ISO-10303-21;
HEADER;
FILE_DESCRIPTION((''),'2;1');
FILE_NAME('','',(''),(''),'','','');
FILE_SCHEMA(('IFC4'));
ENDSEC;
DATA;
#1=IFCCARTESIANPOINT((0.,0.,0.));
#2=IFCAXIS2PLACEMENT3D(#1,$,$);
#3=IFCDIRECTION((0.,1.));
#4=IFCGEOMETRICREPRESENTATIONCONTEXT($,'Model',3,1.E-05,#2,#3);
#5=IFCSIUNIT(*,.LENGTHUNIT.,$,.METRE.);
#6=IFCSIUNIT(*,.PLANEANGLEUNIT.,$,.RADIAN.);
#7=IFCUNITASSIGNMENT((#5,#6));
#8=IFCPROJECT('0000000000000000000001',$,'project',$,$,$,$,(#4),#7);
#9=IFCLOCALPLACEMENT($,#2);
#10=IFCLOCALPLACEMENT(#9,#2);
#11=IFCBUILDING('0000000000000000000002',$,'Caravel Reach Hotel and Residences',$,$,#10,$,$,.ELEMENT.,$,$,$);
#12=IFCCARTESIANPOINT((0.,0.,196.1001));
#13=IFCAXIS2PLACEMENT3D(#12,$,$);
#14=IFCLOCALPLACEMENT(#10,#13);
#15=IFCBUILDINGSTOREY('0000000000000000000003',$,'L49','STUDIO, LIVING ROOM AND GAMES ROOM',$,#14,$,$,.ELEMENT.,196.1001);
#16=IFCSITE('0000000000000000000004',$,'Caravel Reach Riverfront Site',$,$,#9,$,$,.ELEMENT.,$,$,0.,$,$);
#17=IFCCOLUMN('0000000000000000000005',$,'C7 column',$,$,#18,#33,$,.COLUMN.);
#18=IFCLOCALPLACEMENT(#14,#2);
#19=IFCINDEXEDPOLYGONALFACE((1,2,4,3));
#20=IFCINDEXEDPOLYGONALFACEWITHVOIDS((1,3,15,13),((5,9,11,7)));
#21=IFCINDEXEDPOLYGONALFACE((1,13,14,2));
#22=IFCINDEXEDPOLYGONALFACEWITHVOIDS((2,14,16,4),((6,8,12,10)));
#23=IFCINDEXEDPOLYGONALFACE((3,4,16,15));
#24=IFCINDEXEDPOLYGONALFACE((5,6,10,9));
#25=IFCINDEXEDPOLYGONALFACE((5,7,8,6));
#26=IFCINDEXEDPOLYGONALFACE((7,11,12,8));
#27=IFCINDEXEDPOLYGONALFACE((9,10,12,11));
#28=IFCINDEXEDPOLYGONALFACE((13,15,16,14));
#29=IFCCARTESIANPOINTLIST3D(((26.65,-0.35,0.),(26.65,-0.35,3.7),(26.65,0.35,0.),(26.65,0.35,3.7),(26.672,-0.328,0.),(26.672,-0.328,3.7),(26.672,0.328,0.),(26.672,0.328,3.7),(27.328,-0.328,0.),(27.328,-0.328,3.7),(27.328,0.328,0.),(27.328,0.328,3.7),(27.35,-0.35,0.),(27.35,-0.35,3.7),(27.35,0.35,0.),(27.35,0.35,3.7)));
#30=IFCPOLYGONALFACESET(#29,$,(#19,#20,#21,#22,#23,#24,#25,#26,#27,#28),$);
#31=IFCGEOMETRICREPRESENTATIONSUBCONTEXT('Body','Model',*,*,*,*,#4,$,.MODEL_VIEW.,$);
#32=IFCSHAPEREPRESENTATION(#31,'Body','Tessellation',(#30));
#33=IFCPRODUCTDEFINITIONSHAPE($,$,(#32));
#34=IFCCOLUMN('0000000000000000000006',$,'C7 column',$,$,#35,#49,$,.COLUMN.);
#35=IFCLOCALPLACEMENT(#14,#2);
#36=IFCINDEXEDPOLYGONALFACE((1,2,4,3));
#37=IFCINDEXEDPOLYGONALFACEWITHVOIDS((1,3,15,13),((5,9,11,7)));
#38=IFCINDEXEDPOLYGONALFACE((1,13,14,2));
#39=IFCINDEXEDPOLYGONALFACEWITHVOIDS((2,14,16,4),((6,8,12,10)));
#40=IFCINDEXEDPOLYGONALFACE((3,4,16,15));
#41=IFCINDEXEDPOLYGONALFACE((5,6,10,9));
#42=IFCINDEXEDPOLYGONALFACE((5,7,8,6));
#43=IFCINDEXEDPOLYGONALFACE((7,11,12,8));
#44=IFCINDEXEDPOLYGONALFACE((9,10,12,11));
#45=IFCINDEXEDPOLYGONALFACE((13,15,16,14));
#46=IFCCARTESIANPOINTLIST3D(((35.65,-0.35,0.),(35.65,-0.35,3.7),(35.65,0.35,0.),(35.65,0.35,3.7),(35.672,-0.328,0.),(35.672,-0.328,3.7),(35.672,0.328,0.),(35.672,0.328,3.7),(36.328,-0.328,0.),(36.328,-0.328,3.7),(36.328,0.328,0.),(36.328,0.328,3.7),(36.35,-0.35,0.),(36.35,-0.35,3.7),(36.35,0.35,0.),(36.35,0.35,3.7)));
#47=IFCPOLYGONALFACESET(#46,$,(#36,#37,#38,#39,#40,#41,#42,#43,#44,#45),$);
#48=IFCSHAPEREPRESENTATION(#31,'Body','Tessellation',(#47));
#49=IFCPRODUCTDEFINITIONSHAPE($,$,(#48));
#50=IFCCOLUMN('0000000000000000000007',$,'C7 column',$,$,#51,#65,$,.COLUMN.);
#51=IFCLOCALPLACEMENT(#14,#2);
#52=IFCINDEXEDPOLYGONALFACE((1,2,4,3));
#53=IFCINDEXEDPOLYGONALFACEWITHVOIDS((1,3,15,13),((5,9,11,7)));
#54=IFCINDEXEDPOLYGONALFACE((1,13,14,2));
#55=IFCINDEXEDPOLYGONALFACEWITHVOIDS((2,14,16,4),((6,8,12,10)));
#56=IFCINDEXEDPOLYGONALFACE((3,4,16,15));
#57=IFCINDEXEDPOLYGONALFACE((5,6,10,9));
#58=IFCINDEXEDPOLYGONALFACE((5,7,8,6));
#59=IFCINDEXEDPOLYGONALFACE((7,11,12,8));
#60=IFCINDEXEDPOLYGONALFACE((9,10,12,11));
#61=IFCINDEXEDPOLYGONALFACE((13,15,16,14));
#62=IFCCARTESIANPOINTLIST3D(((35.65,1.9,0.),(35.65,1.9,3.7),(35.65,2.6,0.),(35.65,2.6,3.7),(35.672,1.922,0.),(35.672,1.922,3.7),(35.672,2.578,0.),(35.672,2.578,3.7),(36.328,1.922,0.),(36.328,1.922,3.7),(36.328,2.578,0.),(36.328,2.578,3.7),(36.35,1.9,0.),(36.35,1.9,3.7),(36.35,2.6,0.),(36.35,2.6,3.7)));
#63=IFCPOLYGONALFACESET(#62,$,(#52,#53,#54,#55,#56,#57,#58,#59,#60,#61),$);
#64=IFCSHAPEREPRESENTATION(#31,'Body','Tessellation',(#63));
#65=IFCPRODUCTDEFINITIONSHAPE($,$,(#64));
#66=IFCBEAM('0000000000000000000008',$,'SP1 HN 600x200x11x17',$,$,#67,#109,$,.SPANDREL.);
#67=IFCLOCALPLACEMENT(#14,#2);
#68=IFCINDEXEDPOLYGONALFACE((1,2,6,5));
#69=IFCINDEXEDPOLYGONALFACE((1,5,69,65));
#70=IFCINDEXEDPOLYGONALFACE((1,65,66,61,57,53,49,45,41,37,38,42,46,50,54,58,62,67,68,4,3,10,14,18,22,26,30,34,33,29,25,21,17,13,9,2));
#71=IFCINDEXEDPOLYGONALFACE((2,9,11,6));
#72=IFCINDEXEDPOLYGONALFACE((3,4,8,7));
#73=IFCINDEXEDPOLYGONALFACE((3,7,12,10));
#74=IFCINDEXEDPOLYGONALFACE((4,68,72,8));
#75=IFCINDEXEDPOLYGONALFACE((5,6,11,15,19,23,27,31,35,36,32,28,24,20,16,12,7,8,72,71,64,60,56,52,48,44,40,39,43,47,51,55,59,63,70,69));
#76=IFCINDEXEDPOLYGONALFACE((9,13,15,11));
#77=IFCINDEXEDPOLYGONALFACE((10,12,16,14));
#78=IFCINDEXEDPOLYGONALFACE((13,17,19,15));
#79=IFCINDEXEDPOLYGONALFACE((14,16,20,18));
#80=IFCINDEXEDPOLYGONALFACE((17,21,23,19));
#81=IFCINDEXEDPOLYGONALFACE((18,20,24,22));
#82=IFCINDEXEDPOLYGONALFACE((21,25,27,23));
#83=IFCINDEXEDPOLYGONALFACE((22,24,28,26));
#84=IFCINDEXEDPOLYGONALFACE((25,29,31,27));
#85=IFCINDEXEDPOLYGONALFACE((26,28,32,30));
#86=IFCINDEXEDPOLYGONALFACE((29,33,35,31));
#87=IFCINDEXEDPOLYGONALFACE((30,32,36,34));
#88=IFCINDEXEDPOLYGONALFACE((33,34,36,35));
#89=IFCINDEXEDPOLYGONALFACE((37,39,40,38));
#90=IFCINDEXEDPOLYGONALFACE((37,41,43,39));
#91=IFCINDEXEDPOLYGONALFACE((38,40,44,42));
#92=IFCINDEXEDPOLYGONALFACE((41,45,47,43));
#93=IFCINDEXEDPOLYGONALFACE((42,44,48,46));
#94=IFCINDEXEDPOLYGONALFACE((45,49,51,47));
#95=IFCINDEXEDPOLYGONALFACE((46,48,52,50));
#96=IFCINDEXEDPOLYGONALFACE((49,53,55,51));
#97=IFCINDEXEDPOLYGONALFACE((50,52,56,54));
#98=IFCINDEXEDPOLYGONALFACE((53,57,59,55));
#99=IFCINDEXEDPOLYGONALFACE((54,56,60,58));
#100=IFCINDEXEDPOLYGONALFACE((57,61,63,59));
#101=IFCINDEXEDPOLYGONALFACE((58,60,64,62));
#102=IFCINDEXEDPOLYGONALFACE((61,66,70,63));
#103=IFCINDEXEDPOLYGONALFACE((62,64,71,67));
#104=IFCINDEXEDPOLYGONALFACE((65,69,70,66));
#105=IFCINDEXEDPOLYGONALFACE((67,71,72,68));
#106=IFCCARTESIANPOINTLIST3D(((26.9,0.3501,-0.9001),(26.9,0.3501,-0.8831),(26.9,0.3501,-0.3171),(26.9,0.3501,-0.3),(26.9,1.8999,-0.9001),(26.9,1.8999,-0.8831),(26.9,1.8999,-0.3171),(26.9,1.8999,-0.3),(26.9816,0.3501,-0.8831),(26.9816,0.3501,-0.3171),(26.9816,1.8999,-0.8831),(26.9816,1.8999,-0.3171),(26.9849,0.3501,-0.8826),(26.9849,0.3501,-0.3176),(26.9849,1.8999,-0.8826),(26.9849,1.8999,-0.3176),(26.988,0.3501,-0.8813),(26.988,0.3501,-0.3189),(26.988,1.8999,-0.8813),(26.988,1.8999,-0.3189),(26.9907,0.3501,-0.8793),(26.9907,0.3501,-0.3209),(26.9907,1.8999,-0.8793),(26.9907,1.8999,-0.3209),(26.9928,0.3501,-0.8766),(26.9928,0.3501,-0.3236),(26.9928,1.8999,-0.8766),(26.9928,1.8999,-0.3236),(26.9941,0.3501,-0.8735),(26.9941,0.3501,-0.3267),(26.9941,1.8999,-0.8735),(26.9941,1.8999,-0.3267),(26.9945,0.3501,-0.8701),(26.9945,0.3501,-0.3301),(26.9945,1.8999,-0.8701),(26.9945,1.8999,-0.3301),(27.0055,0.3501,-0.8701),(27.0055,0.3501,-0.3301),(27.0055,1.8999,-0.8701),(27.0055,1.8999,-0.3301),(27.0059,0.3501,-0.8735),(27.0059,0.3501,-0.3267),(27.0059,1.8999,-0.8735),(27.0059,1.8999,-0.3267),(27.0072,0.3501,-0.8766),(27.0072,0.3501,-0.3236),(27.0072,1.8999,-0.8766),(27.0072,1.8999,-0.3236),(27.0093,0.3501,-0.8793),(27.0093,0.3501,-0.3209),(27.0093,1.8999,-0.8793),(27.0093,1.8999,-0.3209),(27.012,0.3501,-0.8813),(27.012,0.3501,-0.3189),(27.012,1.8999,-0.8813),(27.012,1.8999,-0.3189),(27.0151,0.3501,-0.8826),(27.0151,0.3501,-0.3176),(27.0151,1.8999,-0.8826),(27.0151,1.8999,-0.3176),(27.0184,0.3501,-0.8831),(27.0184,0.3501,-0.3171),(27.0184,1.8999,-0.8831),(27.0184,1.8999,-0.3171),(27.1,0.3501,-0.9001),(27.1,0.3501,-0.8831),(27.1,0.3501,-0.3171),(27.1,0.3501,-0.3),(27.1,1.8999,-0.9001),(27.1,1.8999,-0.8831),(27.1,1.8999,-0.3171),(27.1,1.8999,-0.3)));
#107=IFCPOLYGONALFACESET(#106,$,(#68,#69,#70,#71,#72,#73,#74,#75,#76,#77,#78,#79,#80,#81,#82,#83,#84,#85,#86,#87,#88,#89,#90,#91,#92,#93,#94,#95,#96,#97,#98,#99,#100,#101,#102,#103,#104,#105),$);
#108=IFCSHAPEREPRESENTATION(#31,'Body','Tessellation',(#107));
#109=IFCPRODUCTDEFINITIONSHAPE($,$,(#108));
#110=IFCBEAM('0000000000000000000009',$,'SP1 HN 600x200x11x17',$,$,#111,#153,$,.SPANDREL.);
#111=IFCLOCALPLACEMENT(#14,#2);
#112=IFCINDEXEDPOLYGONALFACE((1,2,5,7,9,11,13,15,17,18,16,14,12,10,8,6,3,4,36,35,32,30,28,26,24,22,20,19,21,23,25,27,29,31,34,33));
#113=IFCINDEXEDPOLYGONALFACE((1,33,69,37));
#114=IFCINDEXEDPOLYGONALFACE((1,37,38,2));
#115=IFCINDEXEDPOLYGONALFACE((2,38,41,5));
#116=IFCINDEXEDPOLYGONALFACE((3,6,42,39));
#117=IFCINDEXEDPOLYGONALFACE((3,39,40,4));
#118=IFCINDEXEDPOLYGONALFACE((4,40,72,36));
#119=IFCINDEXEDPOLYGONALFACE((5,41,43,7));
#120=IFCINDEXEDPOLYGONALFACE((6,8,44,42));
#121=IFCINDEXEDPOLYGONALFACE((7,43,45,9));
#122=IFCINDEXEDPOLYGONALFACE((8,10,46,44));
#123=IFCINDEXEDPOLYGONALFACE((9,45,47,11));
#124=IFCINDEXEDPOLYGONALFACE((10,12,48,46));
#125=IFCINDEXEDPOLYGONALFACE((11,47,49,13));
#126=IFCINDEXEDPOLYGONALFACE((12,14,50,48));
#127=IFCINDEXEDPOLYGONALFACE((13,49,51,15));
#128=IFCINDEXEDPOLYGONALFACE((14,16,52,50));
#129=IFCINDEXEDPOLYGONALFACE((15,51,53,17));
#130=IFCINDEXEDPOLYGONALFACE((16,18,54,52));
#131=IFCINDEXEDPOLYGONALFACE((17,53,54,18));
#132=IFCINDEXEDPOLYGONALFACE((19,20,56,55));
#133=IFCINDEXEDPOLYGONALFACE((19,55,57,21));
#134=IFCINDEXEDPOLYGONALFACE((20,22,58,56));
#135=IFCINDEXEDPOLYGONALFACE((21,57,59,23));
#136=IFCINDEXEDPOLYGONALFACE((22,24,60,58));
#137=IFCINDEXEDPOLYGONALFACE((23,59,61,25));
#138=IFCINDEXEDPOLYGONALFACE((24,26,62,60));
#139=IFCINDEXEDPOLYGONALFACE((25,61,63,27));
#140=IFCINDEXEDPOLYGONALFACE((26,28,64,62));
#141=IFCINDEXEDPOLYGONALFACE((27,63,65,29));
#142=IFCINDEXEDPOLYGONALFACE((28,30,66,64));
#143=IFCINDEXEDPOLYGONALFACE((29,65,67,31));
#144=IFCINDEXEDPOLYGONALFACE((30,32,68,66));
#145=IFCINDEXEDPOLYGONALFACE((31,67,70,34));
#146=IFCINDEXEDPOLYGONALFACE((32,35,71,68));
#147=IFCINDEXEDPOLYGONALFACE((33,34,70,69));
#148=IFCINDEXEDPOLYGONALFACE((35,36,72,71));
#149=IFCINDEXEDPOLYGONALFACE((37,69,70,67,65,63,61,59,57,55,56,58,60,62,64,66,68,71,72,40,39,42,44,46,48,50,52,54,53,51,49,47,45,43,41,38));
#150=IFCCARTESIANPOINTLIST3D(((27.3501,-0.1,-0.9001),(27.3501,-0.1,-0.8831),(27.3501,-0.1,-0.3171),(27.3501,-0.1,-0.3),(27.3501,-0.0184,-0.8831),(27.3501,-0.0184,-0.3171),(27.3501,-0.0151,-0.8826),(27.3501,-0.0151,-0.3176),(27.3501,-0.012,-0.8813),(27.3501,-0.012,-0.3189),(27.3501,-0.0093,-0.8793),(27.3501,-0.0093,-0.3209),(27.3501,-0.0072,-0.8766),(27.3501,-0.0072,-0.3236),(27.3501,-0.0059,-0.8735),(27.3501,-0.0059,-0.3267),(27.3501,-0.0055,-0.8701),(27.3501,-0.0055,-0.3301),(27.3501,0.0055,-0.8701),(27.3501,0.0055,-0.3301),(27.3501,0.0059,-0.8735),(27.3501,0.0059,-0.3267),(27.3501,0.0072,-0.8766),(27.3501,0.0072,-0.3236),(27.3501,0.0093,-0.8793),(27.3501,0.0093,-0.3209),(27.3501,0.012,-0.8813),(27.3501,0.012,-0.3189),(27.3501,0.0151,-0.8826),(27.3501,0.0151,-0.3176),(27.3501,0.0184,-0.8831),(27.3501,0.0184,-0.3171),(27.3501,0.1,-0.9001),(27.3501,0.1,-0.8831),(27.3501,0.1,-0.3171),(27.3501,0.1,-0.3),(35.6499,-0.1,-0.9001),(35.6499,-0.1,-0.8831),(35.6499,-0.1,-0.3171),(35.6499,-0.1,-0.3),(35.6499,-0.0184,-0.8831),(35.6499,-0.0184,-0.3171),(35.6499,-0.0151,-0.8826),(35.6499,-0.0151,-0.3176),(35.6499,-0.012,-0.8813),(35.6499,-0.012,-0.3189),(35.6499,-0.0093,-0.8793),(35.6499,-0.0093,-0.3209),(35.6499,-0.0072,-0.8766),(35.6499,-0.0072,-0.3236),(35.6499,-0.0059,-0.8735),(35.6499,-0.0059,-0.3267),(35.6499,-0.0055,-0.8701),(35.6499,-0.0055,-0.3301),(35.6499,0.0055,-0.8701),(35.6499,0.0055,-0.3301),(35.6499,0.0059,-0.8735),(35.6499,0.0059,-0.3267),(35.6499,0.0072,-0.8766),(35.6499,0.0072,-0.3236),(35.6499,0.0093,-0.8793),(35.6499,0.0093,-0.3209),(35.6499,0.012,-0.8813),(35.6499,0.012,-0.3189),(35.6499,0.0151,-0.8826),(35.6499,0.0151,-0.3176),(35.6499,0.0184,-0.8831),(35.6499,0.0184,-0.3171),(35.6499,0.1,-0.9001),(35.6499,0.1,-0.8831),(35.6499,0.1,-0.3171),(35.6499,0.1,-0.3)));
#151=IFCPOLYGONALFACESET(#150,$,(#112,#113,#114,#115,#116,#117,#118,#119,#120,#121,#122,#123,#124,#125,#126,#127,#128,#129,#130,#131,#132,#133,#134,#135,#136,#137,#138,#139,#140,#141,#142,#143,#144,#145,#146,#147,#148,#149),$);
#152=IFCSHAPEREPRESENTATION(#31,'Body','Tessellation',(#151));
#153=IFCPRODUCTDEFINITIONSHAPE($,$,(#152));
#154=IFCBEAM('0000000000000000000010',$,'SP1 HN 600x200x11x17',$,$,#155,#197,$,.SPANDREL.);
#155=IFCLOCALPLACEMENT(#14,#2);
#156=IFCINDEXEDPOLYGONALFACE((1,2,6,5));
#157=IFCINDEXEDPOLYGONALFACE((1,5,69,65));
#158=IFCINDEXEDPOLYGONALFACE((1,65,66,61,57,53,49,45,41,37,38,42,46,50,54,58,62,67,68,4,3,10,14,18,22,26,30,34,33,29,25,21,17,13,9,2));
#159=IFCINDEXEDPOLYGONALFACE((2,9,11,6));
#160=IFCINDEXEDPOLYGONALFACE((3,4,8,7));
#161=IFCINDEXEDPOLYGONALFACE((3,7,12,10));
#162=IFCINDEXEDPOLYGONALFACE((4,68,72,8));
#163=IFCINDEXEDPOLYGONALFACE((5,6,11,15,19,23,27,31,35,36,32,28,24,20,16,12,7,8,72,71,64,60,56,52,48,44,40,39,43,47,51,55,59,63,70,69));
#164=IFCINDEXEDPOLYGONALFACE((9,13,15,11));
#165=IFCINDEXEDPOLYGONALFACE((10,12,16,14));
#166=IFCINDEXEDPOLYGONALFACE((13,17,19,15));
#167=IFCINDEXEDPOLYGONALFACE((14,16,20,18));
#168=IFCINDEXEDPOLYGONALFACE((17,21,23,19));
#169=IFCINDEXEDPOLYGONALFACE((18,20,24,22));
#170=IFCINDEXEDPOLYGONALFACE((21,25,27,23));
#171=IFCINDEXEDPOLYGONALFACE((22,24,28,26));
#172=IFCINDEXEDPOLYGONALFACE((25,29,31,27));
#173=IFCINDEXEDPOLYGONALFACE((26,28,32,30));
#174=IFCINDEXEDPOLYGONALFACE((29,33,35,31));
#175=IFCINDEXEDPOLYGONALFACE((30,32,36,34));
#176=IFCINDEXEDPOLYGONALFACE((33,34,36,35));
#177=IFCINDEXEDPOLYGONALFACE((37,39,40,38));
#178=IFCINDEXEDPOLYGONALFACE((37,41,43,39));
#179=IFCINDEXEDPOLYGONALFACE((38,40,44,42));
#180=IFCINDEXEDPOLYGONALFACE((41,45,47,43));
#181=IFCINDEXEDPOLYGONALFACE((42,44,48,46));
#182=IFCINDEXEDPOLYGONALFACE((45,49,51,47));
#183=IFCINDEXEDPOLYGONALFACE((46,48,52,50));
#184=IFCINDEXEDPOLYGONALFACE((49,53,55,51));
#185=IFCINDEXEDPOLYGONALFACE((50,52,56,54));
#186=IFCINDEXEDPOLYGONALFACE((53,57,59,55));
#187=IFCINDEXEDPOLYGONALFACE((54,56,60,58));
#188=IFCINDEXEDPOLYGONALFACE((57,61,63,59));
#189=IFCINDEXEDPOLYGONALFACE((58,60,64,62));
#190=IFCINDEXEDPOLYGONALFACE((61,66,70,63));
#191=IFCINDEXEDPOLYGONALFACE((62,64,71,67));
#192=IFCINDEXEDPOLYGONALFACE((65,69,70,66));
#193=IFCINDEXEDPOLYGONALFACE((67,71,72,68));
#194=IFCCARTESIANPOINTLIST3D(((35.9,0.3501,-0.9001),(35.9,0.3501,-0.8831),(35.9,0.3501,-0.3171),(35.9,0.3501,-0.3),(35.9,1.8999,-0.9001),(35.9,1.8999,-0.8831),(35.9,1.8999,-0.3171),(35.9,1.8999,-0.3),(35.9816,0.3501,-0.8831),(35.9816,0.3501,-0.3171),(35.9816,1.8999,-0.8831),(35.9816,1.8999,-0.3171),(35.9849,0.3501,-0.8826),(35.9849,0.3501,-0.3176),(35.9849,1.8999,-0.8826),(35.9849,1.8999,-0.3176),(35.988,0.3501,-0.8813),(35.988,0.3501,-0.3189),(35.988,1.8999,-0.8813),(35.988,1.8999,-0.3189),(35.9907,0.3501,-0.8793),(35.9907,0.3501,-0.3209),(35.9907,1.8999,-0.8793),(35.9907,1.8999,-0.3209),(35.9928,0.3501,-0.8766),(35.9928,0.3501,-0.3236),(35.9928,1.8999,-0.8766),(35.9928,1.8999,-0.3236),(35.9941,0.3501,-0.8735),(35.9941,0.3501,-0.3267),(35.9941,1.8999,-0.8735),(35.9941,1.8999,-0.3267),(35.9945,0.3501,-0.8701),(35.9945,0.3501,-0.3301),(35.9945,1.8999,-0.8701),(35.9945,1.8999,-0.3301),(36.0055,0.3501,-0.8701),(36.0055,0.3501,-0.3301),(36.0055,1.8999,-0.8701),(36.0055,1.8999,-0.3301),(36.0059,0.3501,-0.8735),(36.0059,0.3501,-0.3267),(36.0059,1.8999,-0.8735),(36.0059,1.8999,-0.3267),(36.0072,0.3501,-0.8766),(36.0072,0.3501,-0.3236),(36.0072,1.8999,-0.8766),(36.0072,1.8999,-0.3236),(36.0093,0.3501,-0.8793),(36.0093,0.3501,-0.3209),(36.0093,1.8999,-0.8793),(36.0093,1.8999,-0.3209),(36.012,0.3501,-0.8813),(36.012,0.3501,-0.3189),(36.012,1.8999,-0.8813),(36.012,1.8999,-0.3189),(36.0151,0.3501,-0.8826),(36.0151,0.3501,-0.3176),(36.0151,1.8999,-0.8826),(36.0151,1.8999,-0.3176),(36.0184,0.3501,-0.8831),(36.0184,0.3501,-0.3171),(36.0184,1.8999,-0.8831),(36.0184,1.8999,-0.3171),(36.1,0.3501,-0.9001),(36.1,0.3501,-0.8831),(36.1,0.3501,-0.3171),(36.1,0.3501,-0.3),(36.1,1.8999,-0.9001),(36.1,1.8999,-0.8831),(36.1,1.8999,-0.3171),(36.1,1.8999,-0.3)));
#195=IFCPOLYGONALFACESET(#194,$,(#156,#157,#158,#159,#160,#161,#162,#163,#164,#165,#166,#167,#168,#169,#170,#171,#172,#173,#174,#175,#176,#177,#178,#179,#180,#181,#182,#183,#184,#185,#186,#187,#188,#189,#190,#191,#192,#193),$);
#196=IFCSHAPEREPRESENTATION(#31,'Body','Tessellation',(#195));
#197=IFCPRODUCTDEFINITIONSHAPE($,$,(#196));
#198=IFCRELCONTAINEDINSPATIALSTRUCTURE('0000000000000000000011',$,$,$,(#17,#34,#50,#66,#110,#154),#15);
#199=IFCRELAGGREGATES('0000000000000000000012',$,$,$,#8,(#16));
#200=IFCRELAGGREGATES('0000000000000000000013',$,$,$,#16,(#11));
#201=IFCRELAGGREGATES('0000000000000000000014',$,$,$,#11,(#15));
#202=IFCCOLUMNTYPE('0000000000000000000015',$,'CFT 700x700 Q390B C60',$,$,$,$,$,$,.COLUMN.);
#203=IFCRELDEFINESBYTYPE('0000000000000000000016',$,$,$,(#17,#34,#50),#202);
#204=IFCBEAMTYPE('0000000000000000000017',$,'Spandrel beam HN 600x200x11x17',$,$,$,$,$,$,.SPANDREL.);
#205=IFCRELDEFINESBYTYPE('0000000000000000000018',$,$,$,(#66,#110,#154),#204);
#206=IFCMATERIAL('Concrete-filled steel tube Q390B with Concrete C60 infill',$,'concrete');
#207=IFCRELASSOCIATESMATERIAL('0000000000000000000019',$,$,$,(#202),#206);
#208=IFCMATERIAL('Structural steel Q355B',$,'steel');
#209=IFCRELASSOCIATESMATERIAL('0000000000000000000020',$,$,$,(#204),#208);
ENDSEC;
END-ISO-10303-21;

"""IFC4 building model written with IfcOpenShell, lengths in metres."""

from ifc_helpers import new_model, si_unit, direction, frame, origin, origin_2d, place, context, subcontext, project, spatial, hollow_rectangle, i_section, extrude, material, material_profile, profile_set, type_object, element, save


model = new_model("IFC4")

# Units and contexts
model_context = context("Model", 3, precision=1e-05, world=origin(), true_north=direction((0.0, 1.0)))
body_context = subcontext(model_context, "Body", "Model", "MODEL_VIEW")
ifc_project = project(units=[si_unit("LENGTHUNIT", "METRE"), si_unit("PLANEANGLEUNIT", "RADIAN")], contexts=[model_context])

# Site, building, storey
site_placement = place(None, origin())
site = spatial("IfcSite", under=ifc_project, at=site_placement, Name="Caravel Reach Riverfront Site", CompositionType="ELEMENT", RefElevation=0.0)
building_placement = place(site_placement, origin())
building = spatial("IfcBuilding", under=site, at=building_placement, Name="Caravel Reach Hotel and Residences", CompositionType="ELEMENT")
storey_placement = place(building_placement, frame((0.0, 0.0, 196.1001)))
storey = spatial("IfcBuildingStorey", under=building, at=storey_placement, Name="L49", Description="STUDIO, LIVING ROOM AND GAMES ROOM", CompositionType="ELEMENT", Elevation=196.1001)

# Columns
ifc_material_1 = material(Name="Concrete-filled steel tube Q390B with Concrete C60 infill", Category="concrete")
ifc_material_profile_1 = material_profile(ifc_material_1, hollow_rectangle(XDim=0.7, YDim=0.7, WallThickness=0.022, at=origin_2d()), Name="RHS 700x700x22")
ifc_profile_set_1 = profile_set([ifc_material_profile_1], Name="Concrete-filled steel tube Q390B with Concrete C60 infill")
column_type = type_object("IfcColumnType", Name="CFT 700x700 Q390B C60", PredefinedType="COLUMN", material=ifc_profile_set_1)
for number, where, z_axis, x_axis, name in (
    (1, (27.0, 0.0, 0.0), (0.0, 0.0, 1.0), (1.0, 0.0, 0.0), "C7 column"),
    (2, (36.0, 0.0, 0.0), (0.0, 0.0, 1.0), (1.0, 0.0, 0.0), "C7 column"),
    (3, (36.0, 2.25, 0.0), (0.0, 0.0, 1.0), (1.0, 0.0, 0.0), "C7 column"),
):
    element("IfcColumn", number, at=place(storey_placement, frame(where, z_axis=z_axis, x_axis=x_axis)), inside=storey, type_object=column_type, Name=name, PredefinedType="COLUMN", context=body_context, shape_type="SweptSolid", body=[
        extrude(hollow_rectangle(XDim=0.7, YDim=0.7, WallThickness=0.022, at=origin_2d()), origin(), (0.0, 0.0, 1.0), 3.7),
    ])

# Beams
ifc_material_2 = material(Name="Structural steel Q355B", Category="steel")
ifc_material_profile_2 = material_profile(ifc_material_2, i_section(OverallWidth=0.2, OverallDepth=0.6001, WebThickness=0.011, FlangeThickness=0.0171, FilletRadius=0.0129, at=origin_2d()), Name="HN 600x200x11x17")
ifc_profile_set_2 = profile_set([ifc_material_profile_2], Name="Structural steel Q355B")
beam_type = type_object("IfcBeamType", Name="Spandrel beam HN 600x200x11x17", PredefinedType="SPANDREL", material=ifc_profile_set_2)
beam_1_placement = place(storey_placement, frame((27.0, 1.8999, -0.6001), z_axis=(0.0, -1.0, 0.0), x_axis=(1.0, 0.0, 0.0)))
element("IfcBeam", 4, at=beam_1_placement, inside=storey, type_object=beam_type, Name="SP1 HN 600x200x11x17", PredefinedType="SPANDREL", context=body_context, shape_type="SweptSolid", body=[
    extrude(i_section(OverallWidth=0.2, OverallDepth=0.6001, WebThickness=0.011, FlangeThickness=0.0171, FilletRadius=0.0129, at=origin_2d()), origin(), (0.0, 0.0, 1.0), 1.5498),
])
beam_2_placement = place(storey_placement, frame((27.3501, 0.0, -0.6001), z_axis=(1.0, 0.0, 0.0), x_axis=(0.0, 1.0, 0.0)))
element("IfcBeam", 5, at=beam_2_placement, inside=storey, type_object=beam_type, Name="SP1 HN 600x200x11x17", PredefinedType="SPANDREL", context=body_context, shape_type="SweptSolid", body=[
    extrude(i_section(OverallWidth=0.2, OverallDepth=0.6001, WebThickness=0.011, FlangeThickness=0.0171, FilletRadius=0.0129, at=origin_2d()), origin(), (0.0, 0.0, 1.0), 8.2998),
])
beam_3_placement = place(storey_placement, frame((36.0, 0.3501, -0.6001), z_axis=(0.0, 1.0, 0.0), x_axis=(-1.0, 0.0, 0.0)))
element("IfcBeam", 6, at=beam_3_placement, inside=storey, type_object=beam_type, Name="SP1 HN 600x200x11x17", PredefinedType="SPANDREL", context=body_context, shape_type="SweptSolid", body=[
    extrude(i_section(OverallWidth=0.2, OverallDepth=0.6001, WebThickness=0.011, FlangeThickness=0.0171, FilletRadius=0.0129, at=origin_2d()), origin(), (0.0, 0.0, 1.0), 1.5498),
])

save(model, "model.ifc")
